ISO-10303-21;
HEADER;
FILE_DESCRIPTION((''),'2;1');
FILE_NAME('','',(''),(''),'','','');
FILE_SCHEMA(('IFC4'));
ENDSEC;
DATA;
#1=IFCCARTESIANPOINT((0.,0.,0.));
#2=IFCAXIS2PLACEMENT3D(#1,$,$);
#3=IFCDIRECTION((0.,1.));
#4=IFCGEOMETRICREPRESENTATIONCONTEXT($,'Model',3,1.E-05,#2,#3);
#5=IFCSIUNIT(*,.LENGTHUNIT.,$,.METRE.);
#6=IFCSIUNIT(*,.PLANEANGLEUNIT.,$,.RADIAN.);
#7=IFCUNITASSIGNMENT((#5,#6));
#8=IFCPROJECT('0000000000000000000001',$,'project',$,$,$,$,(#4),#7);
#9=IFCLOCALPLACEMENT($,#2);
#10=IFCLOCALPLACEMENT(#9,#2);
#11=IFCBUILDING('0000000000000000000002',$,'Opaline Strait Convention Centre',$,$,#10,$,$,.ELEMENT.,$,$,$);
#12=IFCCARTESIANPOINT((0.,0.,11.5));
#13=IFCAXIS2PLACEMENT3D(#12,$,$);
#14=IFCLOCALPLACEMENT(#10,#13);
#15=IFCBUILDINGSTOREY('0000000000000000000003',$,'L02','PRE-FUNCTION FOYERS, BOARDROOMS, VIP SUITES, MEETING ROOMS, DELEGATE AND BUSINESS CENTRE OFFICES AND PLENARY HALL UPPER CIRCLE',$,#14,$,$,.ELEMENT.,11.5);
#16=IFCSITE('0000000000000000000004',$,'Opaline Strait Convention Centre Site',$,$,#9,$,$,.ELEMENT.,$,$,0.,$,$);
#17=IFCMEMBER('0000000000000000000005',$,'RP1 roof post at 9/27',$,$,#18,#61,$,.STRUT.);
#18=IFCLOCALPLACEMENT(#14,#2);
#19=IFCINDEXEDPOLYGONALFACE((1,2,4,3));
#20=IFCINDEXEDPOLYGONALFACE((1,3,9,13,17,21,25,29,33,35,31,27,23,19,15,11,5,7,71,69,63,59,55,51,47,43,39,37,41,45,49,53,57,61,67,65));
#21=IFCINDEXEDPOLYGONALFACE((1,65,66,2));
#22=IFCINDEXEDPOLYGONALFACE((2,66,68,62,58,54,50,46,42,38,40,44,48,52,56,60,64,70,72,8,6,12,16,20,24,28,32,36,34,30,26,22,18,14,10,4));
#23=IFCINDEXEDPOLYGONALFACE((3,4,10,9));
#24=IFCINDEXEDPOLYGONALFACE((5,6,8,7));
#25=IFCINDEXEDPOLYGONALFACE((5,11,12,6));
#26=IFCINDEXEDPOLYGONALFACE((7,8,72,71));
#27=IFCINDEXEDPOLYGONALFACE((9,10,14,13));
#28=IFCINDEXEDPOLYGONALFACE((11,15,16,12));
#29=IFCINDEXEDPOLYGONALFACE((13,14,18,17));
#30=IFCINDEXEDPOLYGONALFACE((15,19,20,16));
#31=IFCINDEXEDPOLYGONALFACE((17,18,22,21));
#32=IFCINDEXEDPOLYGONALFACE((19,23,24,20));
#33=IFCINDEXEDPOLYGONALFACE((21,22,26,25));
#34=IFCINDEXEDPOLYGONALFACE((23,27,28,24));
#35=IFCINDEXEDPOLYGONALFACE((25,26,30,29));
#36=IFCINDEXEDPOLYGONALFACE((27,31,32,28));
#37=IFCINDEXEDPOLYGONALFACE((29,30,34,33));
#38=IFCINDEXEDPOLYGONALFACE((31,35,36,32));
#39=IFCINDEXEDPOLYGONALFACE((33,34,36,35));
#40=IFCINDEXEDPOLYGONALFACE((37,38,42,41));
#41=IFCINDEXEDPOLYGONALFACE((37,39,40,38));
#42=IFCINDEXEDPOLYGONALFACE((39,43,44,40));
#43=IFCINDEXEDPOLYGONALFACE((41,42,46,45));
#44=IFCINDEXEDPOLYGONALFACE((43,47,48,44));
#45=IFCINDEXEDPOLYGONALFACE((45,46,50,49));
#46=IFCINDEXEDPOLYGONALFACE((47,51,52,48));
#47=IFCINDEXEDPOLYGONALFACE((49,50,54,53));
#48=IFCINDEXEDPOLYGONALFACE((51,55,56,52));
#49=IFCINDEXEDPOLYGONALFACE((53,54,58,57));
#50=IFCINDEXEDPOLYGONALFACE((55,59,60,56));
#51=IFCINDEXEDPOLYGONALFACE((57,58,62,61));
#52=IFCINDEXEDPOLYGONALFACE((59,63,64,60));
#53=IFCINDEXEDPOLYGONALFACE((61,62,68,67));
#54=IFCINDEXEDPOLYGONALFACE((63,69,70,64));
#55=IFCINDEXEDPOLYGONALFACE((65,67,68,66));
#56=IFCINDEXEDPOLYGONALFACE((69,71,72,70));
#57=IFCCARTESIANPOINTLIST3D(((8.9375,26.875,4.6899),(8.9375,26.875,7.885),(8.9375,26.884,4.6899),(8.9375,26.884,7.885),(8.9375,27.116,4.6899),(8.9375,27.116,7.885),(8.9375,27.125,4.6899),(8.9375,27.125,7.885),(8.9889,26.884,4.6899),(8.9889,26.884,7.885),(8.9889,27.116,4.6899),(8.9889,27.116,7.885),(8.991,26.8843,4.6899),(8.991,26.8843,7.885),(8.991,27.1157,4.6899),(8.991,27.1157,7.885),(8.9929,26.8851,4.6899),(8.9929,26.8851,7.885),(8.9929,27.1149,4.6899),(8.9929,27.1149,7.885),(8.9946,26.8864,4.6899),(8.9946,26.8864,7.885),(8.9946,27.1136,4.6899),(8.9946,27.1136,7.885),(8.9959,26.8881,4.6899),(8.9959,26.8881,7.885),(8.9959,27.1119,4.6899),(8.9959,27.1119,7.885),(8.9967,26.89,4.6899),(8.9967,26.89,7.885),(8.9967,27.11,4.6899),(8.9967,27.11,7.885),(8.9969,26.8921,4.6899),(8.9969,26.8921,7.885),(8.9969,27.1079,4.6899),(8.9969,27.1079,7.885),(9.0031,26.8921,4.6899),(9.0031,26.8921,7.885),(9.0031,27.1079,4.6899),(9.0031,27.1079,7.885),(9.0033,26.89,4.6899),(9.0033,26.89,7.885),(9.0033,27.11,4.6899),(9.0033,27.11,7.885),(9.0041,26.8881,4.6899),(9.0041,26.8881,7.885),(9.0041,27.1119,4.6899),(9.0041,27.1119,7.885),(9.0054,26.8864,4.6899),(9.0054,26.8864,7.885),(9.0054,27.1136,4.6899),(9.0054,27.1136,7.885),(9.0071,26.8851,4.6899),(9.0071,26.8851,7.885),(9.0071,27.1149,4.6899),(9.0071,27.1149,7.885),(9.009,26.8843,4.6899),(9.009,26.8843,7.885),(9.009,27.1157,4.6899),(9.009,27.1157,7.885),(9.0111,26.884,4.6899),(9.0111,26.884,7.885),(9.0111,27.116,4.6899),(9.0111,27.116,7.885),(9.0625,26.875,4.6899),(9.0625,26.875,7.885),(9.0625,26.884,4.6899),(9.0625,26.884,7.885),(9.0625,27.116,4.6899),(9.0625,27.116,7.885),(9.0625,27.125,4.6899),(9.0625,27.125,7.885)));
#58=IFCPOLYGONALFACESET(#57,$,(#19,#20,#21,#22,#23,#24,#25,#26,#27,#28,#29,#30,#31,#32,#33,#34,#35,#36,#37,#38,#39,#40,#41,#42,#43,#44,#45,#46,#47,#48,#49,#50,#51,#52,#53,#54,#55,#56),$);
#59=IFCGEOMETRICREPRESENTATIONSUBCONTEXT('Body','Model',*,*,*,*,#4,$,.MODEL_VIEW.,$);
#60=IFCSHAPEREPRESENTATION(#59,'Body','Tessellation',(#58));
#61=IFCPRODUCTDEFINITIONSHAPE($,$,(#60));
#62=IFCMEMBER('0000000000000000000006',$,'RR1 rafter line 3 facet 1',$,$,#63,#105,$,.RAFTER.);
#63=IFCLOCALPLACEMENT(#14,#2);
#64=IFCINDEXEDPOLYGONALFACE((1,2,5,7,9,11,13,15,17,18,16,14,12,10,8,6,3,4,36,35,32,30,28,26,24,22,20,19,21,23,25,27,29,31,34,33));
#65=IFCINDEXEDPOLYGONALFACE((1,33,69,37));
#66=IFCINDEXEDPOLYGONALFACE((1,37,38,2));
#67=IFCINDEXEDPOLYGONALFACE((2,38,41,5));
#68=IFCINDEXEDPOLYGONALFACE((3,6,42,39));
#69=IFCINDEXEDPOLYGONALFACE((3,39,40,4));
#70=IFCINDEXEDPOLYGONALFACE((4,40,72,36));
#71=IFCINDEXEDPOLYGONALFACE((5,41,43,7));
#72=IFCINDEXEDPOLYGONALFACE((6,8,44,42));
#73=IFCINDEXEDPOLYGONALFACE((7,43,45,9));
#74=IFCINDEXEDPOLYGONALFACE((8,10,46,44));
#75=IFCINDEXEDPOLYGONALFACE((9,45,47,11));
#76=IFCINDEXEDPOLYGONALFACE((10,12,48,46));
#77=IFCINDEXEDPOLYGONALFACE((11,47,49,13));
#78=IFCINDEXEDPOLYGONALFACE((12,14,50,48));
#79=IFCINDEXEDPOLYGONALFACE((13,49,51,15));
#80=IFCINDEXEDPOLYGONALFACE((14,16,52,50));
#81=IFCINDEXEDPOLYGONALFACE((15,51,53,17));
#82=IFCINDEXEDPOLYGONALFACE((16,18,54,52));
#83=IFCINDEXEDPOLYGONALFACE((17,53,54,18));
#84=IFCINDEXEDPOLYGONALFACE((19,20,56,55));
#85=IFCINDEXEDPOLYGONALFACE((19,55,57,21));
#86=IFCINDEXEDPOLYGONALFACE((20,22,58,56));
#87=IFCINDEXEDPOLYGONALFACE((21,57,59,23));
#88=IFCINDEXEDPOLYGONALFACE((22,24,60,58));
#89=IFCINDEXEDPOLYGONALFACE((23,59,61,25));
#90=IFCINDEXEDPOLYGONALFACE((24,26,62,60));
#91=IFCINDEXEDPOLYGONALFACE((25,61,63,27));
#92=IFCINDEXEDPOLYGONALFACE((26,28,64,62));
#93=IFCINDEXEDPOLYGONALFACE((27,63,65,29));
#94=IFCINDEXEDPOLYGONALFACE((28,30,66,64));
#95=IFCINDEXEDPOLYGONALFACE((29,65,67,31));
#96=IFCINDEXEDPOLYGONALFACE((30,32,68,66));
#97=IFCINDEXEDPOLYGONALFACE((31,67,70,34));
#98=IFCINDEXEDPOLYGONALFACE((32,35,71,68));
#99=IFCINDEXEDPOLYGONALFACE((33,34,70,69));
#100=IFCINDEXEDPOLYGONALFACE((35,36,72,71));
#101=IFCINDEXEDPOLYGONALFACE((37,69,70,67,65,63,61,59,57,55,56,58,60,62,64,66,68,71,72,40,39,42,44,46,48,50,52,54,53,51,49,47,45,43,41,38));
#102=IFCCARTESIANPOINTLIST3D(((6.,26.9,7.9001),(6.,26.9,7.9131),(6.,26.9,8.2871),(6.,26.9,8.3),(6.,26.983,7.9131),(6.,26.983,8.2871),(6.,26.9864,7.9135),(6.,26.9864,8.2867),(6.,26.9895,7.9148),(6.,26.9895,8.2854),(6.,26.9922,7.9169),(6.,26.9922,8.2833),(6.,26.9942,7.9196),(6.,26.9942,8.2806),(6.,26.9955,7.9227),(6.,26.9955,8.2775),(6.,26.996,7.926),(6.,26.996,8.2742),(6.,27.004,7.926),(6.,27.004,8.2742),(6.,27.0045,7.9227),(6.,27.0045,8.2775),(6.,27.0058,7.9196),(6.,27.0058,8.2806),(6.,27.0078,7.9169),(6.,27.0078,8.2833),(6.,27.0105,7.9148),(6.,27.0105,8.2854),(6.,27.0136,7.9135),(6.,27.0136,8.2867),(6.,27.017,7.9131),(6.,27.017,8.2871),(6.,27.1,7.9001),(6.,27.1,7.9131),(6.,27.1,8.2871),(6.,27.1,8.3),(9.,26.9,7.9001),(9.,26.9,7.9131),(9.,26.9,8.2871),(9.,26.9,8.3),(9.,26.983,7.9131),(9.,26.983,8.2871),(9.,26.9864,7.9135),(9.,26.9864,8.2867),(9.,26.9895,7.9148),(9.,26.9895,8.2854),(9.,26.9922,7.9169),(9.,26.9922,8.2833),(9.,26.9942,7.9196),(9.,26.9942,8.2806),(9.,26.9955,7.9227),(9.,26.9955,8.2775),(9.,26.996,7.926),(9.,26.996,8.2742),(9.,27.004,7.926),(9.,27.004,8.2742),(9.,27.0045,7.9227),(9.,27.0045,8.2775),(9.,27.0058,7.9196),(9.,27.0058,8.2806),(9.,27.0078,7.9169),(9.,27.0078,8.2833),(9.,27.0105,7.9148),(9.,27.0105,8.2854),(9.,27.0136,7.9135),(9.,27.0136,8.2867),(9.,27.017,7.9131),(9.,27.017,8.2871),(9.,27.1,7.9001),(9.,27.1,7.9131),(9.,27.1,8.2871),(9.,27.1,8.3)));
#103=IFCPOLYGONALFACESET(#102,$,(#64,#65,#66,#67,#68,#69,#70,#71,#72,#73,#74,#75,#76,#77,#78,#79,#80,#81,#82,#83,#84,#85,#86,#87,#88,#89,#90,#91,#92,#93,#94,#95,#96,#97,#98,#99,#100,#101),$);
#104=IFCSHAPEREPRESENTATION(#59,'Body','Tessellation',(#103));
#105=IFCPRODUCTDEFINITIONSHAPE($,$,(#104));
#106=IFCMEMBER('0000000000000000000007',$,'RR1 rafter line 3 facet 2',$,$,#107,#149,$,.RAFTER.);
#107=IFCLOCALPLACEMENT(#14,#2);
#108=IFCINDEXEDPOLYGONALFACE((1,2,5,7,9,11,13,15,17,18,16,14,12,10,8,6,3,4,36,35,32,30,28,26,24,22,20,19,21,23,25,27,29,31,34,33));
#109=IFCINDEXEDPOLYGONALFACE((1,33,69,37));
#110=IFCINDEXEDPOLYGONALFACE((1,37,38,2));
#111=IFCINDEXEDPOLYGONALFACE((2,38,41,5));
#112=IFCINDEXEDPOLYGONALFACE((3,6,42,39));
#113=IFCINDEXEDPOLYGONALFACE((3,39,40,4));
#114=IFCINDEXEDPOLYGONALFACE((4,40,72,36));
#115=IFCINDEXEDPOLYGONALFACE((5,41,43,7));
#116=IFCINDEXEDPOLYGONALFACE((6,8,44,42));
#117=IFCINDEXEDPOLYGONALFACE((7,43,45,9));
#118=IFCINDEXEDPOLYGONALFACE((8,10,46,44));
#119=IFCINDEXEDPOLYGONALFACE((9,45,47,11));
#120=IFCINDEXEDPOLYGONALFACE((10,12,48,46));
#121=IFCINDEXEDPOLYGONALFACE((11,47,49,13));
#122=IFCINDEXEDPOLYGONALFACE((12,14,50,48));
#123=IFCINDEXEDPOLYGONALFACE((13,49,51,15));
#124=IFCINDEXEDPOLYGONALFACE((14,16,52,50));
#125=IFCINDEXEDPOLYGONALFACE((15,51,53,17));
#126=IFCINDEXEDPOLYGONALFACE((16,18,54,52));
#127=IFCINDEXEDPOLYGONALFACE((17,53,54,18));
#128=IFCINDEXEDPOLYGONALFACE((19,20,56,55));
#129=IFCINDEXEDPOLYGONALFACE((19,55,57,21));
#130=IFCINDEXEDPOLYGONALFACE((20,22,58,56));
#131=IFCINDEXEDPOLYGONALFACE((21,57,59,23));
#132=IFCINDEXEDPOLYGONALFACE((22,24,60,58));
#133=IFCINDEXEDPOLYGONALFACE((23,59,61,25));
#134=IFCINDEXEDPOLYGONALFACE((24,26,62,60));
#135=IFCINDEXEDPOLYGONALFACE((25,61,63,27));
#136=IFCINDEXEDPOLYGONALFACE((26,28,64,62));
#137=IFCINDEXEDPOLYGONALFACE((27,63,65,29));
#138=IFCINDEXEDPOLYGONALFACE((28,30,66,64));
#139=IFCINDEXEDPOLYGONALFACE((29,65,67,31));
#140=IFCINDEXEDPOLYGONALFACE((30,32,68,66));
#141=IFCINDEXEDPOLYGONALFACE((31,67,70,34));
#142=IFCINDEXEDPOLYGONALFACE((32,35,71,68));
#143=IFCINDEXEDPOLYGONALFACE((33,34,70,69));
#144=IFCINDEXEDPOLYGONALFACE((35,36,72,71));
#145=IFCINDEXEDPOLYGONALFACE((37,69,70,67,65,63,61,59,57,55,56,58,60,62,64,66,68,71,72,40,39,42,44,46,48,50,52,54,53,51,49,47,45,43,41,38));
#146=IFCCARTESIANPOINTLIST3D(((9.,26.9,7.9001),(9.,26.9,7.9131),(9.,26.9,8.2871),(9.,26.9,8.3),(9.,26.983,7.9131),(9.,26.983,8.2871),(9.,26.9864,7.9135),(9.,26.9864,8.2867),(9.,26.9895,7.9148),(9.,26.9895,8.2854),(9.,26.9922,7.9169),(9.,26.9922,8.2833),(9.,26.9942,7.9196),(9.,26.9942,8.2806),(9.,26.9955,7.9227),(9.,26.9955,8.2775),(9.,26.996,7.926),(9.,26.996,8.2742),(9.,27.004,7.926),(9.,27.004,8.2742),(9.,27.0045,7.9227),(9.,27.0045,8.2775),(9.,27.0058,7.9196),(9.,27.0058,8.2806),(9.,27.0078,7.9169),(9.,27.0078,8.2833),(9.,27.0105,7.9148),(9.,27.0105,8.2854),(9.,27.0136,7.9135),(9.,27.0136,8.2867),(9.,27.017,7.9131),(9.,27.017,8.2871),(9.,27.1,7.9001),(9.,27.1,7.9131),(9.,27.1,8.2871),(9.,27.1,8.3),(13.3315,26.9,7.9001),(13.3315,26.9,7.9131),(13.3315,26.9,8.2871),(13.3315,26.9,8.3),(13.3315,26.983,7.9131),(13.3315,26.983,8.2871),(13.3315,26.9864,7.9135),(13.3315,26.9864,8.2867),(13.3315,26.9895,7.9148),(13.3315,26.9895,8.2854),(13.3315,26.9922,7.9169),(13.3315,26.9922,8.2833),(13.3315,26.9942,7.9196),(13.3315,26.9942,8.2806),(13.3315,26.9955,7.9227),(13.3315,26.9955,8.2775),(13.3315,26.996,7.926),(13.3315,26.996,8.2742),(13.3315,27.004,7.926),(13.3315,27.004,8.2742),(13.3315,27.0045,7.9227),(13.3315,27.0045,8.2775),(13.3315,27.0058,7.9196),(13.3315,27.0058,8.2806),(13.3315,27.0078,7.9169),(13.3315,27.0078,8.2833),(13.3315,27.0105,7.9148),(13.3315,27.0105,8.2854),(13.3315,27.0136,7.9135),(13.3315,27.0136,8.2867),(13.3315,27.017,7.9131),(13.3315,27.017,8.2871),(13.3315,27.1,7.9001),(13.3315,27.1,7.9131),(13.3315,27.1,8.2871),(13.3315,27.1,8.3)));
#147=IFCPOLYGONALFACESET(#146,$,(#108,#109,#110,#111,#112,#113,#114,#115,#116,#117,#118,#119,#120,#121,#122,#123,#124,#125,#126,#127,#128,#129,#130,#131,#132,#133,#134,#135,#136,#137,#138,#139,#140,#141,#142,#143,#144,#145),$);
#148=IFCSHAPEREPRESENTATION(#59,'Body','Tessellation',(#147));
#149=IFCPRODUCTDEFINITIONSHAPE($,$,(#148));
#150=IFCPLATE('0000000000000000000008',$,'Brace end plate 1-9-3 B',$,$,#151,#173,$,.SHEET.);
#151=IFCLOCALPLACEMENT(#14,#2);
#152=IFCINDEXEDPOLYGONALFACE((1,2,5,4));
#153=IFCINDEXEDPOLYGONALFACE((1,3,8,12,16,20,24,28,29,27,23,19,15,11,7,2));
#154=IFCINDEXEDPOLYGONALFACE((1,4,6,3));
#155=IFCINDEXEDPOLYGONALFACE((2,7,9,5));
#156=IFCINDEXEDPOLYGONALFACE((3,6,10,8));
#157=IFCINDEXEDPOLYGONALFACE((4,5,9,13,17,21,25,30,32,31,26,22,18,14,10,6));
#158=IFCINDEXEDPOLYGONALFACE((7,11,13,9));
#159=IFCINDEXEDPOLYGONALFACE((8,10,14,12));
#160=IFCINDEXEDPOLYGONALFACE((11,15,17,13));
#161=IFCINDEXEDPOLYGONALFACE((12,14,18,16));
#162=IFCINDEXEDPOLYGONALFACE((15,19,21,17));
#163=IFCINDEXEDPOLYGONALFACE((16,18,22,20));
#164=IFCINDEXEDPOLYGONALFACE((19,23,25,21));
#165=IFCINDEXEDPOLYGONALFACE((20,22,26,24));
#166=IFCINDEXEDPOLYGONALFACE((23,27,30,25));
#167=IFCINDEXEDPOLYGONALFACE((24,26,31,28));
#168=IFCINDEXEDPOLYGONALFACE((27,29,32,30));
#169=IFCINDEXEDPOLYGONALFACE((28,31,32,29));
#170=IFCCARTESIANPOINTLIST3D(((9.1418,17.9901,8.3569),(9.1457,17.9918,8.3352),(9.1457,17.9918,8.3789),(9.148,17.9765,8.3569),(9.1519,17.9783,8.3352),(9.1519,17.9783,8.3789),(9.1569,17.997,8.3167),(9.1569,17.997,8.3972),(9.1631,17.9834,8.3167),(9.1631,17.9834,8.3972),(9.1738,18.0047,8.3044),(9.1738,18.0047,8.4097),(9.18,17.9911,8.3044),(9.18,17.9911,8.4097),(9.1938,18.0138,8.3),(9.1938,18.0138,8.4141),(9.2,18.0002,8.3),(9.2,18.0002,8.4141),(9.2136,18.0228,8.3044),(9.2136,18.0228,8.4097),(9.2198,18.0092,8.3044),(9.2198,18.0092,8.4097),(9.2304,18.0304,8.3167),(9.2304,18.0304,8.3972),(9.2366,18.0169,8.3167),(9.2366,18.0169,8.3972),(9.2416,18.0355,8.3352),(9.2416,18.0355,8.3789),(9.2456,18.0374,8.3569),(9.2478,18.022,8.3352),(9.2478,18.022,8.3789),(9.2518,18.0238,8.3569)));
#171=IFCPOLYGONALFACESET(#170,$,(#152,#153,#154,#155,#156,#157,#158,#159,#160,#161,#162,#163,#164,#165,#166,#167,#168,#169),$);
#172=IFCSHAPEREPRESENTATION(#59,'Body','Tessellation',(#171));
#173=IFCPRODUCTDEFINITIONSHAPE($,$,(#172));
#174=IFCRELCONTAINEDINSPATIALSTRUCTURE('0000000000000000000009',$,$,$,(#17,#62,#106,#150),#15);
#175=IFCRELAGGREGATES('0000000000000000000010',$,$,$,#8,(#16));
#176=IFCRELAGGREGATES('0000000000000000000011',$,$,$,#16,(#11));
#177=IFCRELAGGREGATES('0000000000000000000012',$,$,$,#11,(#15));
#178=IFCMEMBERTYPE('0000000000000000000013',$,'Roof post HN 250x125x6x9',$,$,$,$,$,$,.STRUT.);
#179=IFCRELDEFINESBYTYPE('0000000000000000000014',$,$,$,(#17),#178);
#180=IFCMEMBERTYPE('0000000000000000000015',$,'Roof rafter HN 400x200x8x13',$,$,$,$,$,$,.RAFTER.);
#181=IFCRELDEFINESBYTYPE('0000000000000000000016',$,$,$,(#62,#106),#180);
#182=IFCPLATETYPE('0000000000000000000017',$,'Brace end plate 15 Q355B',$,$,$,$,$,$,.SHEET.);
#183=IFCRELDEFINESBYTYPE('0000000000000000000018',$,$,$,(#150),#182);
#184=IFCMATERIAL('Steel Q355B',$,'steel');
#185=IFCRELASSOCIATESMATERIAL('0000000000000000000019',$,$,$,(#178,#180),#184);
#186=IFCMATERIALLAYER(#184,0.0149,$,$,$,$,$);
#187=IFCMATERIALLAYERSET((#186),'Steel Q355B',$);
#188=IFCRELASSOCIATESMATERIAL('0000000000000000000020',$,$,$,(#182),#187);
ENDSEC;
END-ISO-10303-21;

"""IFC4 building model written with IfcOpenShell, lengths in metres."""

from ifc_helpers import new_model, si_unit, direction, frame, origin, origin_2d, place, context, subcontext, project, spatial, polyline, i_section, outline, extrude, material, layer, layer_set, material_profile, profile_set, type_object, element, save


model = new_model("IFC4")

# Units and contexts
model_context = context("Model", 3, precision=1e-05, world=origin(), true_north=direction((0.0, 1.0)))
body_context = subcontext(model_context, "Body", "Model", "MODEL_VIEW")
ifc_project = project(units=[si_unit("LENGTHUNIT", "METRE"), si_unit("PLANEANGLEUNIT", "RADIAN")], contexts=[model_context])

# Site, building, storey
site_placement = place(None, origin())
site = spatial("IfcSite", under=ifc_project, at=site_placement, Name="Opaline Strait Convention Centre Site", CompositionType="ELEMENT", RefElevation=0.0)
building_placement = place(site_placement, origin())
building = spatial("IfcBuilding", under=site, at=building_placement, Name="Opaline Strait Convention Centre", CompositionType="ELEMENT")
storey_placement = place(building_placement, frame((0.0, 0.0, 11.5)))
storey = spatial("IfcBuildingStorey", under=building, at=storey_placement, Name="L02", Description="PRE-FUNCTION FOYERS, BOARDROOMS, VIP SUITES, MEETING ROOMS, DELEGATE AND BUSINESS CENTRE OFFICES AND PLENARY HALL UPPER CIRCLE", CompositionType="ELEMENT", Elevation=11.5)

# Shared definitions
ifc_material_1 = material(Name="Steel Q355B", Category="steel")

# Members
ifc_material_profile_1 = material_profile(ifc_material_1, i_section(OverallWidth=0.125, OverallDepth=0.25, WebThickness=0.0061, FlangeThickness=0.009, FilletRadius=0.0081, at=origin_2d()), Name="HN 250x125x6x9")
ifc_profile_set_1 = profile_set([ifc_material_profile_1], Name="Steel Q355B")
member_type_1 = type_object("IfcMemberType", Name="Roof post HN 250x125x6x9", PredefinedType="STRUT", material=ifc_profile_set_1)
member_1_placement = place(storey_placement, frame((9.0, 27.0, 4.6899), z_axis=(0.0, 0.0, 1.0), x_axis=(1.0, 0.0, 0.0)))
element("IfcMember", 1, at=member_1_placement, inside=storey, type_object=member_type_1, Name="RP1 roof post at 9/27", PredefinedType="STRUT", context=body_context, shape_type="SweptSolid", body=[
    extrude(i_section(OverallWidth=0.125, OverallDepth=0.25, WebThickness=0.0061, FlangeThickness=0.009, FilletRadius=0.0081, at=origin_2d()), origin(), (0.0, 0.0, 1.0), 3.1951),
])
ifc_material_profile_2 = material_profile(ifc_material_1, i_section(OverallWidth=0.2, OverallDepth=0.3999, WebThickness=0.0081, FlangeThickness=0.0129, FilletRadius=0.0129, at=origin_2d()), Name="HN 400x200x8x13")
ifc_profile_set_2 = profile_set([ifc_material_profile_2], Name="Steel Q355B")
member_type_2 = type_object("IfcMemberType", Name="Roof rafter HN 400x200x8x13", PredefinedType="RAFTER", material=ifc_profile_set_2)
member_2_placement = place(storey_placement, frame((6.0, 27.0, 8.1001), z_axis=(1.0, 0.0, 0.0), x_axis=(0.0, 1.0, 0.0)))
element("IfcMember", 2, at=member_2_placement, inside=storey, type_object=member_type_2, Name="RR1 rafter line 3 facet 1", PredefinedType="RAFTER", context=body_context, shape_type="SweptSolid", body=[
    extrude(i_section(OverallWidth=0.2, OverallDepth=0.3999, WebThickness=0.0081, FlangeThickness=0.0129, FilletRadius=0.0129, at=origin_2d()), origin(), (0.0, 0.0, 1.0), 3.0),
])
member_3_placement = place(storey_placement, frame((9.0, 27.0, 8.1001), z_axis=(1.0, 0.0, 0.0), x_axis=(0.0, 1.0, 0.0)))
element("IfcMember", 3, at=member_3_placement, inside=storey, type_object=member_type_2, Name="RR1 rafter line 3 facet 2", PredefinedType="RAFTER", context=body_context, shape_type="SweptSolid", body=[
    extrude(i_section(OverallWidth=0.2, OverallDepth=0.3999, WebThickness=0.0081, FlangeThickness=0.0129, FilletRadius=0.0129, at=origin_2d()), origin(), (0.0, 0.0, 1.0), 4.3315),
])

# Plate
ifc_layer_1 = layer(ifc_material_1, 0.0149)
ifc_layer_set_1 = layer_set([ifc_layer_1], Name="Steel Q355B")
plate_type = type_object("IfcPlateType", Name="Brace end plate 15 Q355B", PredefinedType="SHEET", material=ifc_layer_set_1)
plate_1_placement = place(storey_placement, frame((9.2456, 18.0374, 8.3569), z_axis=(-0.414547, 0.910028, 0.0), x_axis=(-0.179212, -0.081637, -0.980418)))
element("IfcPlate", 4, at=plate_1_placement, inside=storey, type_object=plate_type, Name="Brace end plate 1-9-3 B", PredefinedType="SHEET", context=body_context, shape_type="SweptSolid", body=[
    extrude(outline(polyline([(0.0, 0.0), (0.0222, 0.0), (0.0428, 0.0084), (0.0584, 0.0242), (0.067, 0.0446), (0.067, 0.067), (0.0587, 0.0876), (0.0429, 0.1034), (0.0225, 0.1118), (0.0001, 0.112), (-0.0203, 0.1035), (-0.0362, 0.0877), (-0.0448, 0.0671), (-0.0448, 0.0449), (-0.0362, 0.0243), (-0.0207, 0.0086), (0.0, 0.0)])), origin(), (0.0, 0.0, -1.0), 0.0149),
])

save(model, "model.ifc")
